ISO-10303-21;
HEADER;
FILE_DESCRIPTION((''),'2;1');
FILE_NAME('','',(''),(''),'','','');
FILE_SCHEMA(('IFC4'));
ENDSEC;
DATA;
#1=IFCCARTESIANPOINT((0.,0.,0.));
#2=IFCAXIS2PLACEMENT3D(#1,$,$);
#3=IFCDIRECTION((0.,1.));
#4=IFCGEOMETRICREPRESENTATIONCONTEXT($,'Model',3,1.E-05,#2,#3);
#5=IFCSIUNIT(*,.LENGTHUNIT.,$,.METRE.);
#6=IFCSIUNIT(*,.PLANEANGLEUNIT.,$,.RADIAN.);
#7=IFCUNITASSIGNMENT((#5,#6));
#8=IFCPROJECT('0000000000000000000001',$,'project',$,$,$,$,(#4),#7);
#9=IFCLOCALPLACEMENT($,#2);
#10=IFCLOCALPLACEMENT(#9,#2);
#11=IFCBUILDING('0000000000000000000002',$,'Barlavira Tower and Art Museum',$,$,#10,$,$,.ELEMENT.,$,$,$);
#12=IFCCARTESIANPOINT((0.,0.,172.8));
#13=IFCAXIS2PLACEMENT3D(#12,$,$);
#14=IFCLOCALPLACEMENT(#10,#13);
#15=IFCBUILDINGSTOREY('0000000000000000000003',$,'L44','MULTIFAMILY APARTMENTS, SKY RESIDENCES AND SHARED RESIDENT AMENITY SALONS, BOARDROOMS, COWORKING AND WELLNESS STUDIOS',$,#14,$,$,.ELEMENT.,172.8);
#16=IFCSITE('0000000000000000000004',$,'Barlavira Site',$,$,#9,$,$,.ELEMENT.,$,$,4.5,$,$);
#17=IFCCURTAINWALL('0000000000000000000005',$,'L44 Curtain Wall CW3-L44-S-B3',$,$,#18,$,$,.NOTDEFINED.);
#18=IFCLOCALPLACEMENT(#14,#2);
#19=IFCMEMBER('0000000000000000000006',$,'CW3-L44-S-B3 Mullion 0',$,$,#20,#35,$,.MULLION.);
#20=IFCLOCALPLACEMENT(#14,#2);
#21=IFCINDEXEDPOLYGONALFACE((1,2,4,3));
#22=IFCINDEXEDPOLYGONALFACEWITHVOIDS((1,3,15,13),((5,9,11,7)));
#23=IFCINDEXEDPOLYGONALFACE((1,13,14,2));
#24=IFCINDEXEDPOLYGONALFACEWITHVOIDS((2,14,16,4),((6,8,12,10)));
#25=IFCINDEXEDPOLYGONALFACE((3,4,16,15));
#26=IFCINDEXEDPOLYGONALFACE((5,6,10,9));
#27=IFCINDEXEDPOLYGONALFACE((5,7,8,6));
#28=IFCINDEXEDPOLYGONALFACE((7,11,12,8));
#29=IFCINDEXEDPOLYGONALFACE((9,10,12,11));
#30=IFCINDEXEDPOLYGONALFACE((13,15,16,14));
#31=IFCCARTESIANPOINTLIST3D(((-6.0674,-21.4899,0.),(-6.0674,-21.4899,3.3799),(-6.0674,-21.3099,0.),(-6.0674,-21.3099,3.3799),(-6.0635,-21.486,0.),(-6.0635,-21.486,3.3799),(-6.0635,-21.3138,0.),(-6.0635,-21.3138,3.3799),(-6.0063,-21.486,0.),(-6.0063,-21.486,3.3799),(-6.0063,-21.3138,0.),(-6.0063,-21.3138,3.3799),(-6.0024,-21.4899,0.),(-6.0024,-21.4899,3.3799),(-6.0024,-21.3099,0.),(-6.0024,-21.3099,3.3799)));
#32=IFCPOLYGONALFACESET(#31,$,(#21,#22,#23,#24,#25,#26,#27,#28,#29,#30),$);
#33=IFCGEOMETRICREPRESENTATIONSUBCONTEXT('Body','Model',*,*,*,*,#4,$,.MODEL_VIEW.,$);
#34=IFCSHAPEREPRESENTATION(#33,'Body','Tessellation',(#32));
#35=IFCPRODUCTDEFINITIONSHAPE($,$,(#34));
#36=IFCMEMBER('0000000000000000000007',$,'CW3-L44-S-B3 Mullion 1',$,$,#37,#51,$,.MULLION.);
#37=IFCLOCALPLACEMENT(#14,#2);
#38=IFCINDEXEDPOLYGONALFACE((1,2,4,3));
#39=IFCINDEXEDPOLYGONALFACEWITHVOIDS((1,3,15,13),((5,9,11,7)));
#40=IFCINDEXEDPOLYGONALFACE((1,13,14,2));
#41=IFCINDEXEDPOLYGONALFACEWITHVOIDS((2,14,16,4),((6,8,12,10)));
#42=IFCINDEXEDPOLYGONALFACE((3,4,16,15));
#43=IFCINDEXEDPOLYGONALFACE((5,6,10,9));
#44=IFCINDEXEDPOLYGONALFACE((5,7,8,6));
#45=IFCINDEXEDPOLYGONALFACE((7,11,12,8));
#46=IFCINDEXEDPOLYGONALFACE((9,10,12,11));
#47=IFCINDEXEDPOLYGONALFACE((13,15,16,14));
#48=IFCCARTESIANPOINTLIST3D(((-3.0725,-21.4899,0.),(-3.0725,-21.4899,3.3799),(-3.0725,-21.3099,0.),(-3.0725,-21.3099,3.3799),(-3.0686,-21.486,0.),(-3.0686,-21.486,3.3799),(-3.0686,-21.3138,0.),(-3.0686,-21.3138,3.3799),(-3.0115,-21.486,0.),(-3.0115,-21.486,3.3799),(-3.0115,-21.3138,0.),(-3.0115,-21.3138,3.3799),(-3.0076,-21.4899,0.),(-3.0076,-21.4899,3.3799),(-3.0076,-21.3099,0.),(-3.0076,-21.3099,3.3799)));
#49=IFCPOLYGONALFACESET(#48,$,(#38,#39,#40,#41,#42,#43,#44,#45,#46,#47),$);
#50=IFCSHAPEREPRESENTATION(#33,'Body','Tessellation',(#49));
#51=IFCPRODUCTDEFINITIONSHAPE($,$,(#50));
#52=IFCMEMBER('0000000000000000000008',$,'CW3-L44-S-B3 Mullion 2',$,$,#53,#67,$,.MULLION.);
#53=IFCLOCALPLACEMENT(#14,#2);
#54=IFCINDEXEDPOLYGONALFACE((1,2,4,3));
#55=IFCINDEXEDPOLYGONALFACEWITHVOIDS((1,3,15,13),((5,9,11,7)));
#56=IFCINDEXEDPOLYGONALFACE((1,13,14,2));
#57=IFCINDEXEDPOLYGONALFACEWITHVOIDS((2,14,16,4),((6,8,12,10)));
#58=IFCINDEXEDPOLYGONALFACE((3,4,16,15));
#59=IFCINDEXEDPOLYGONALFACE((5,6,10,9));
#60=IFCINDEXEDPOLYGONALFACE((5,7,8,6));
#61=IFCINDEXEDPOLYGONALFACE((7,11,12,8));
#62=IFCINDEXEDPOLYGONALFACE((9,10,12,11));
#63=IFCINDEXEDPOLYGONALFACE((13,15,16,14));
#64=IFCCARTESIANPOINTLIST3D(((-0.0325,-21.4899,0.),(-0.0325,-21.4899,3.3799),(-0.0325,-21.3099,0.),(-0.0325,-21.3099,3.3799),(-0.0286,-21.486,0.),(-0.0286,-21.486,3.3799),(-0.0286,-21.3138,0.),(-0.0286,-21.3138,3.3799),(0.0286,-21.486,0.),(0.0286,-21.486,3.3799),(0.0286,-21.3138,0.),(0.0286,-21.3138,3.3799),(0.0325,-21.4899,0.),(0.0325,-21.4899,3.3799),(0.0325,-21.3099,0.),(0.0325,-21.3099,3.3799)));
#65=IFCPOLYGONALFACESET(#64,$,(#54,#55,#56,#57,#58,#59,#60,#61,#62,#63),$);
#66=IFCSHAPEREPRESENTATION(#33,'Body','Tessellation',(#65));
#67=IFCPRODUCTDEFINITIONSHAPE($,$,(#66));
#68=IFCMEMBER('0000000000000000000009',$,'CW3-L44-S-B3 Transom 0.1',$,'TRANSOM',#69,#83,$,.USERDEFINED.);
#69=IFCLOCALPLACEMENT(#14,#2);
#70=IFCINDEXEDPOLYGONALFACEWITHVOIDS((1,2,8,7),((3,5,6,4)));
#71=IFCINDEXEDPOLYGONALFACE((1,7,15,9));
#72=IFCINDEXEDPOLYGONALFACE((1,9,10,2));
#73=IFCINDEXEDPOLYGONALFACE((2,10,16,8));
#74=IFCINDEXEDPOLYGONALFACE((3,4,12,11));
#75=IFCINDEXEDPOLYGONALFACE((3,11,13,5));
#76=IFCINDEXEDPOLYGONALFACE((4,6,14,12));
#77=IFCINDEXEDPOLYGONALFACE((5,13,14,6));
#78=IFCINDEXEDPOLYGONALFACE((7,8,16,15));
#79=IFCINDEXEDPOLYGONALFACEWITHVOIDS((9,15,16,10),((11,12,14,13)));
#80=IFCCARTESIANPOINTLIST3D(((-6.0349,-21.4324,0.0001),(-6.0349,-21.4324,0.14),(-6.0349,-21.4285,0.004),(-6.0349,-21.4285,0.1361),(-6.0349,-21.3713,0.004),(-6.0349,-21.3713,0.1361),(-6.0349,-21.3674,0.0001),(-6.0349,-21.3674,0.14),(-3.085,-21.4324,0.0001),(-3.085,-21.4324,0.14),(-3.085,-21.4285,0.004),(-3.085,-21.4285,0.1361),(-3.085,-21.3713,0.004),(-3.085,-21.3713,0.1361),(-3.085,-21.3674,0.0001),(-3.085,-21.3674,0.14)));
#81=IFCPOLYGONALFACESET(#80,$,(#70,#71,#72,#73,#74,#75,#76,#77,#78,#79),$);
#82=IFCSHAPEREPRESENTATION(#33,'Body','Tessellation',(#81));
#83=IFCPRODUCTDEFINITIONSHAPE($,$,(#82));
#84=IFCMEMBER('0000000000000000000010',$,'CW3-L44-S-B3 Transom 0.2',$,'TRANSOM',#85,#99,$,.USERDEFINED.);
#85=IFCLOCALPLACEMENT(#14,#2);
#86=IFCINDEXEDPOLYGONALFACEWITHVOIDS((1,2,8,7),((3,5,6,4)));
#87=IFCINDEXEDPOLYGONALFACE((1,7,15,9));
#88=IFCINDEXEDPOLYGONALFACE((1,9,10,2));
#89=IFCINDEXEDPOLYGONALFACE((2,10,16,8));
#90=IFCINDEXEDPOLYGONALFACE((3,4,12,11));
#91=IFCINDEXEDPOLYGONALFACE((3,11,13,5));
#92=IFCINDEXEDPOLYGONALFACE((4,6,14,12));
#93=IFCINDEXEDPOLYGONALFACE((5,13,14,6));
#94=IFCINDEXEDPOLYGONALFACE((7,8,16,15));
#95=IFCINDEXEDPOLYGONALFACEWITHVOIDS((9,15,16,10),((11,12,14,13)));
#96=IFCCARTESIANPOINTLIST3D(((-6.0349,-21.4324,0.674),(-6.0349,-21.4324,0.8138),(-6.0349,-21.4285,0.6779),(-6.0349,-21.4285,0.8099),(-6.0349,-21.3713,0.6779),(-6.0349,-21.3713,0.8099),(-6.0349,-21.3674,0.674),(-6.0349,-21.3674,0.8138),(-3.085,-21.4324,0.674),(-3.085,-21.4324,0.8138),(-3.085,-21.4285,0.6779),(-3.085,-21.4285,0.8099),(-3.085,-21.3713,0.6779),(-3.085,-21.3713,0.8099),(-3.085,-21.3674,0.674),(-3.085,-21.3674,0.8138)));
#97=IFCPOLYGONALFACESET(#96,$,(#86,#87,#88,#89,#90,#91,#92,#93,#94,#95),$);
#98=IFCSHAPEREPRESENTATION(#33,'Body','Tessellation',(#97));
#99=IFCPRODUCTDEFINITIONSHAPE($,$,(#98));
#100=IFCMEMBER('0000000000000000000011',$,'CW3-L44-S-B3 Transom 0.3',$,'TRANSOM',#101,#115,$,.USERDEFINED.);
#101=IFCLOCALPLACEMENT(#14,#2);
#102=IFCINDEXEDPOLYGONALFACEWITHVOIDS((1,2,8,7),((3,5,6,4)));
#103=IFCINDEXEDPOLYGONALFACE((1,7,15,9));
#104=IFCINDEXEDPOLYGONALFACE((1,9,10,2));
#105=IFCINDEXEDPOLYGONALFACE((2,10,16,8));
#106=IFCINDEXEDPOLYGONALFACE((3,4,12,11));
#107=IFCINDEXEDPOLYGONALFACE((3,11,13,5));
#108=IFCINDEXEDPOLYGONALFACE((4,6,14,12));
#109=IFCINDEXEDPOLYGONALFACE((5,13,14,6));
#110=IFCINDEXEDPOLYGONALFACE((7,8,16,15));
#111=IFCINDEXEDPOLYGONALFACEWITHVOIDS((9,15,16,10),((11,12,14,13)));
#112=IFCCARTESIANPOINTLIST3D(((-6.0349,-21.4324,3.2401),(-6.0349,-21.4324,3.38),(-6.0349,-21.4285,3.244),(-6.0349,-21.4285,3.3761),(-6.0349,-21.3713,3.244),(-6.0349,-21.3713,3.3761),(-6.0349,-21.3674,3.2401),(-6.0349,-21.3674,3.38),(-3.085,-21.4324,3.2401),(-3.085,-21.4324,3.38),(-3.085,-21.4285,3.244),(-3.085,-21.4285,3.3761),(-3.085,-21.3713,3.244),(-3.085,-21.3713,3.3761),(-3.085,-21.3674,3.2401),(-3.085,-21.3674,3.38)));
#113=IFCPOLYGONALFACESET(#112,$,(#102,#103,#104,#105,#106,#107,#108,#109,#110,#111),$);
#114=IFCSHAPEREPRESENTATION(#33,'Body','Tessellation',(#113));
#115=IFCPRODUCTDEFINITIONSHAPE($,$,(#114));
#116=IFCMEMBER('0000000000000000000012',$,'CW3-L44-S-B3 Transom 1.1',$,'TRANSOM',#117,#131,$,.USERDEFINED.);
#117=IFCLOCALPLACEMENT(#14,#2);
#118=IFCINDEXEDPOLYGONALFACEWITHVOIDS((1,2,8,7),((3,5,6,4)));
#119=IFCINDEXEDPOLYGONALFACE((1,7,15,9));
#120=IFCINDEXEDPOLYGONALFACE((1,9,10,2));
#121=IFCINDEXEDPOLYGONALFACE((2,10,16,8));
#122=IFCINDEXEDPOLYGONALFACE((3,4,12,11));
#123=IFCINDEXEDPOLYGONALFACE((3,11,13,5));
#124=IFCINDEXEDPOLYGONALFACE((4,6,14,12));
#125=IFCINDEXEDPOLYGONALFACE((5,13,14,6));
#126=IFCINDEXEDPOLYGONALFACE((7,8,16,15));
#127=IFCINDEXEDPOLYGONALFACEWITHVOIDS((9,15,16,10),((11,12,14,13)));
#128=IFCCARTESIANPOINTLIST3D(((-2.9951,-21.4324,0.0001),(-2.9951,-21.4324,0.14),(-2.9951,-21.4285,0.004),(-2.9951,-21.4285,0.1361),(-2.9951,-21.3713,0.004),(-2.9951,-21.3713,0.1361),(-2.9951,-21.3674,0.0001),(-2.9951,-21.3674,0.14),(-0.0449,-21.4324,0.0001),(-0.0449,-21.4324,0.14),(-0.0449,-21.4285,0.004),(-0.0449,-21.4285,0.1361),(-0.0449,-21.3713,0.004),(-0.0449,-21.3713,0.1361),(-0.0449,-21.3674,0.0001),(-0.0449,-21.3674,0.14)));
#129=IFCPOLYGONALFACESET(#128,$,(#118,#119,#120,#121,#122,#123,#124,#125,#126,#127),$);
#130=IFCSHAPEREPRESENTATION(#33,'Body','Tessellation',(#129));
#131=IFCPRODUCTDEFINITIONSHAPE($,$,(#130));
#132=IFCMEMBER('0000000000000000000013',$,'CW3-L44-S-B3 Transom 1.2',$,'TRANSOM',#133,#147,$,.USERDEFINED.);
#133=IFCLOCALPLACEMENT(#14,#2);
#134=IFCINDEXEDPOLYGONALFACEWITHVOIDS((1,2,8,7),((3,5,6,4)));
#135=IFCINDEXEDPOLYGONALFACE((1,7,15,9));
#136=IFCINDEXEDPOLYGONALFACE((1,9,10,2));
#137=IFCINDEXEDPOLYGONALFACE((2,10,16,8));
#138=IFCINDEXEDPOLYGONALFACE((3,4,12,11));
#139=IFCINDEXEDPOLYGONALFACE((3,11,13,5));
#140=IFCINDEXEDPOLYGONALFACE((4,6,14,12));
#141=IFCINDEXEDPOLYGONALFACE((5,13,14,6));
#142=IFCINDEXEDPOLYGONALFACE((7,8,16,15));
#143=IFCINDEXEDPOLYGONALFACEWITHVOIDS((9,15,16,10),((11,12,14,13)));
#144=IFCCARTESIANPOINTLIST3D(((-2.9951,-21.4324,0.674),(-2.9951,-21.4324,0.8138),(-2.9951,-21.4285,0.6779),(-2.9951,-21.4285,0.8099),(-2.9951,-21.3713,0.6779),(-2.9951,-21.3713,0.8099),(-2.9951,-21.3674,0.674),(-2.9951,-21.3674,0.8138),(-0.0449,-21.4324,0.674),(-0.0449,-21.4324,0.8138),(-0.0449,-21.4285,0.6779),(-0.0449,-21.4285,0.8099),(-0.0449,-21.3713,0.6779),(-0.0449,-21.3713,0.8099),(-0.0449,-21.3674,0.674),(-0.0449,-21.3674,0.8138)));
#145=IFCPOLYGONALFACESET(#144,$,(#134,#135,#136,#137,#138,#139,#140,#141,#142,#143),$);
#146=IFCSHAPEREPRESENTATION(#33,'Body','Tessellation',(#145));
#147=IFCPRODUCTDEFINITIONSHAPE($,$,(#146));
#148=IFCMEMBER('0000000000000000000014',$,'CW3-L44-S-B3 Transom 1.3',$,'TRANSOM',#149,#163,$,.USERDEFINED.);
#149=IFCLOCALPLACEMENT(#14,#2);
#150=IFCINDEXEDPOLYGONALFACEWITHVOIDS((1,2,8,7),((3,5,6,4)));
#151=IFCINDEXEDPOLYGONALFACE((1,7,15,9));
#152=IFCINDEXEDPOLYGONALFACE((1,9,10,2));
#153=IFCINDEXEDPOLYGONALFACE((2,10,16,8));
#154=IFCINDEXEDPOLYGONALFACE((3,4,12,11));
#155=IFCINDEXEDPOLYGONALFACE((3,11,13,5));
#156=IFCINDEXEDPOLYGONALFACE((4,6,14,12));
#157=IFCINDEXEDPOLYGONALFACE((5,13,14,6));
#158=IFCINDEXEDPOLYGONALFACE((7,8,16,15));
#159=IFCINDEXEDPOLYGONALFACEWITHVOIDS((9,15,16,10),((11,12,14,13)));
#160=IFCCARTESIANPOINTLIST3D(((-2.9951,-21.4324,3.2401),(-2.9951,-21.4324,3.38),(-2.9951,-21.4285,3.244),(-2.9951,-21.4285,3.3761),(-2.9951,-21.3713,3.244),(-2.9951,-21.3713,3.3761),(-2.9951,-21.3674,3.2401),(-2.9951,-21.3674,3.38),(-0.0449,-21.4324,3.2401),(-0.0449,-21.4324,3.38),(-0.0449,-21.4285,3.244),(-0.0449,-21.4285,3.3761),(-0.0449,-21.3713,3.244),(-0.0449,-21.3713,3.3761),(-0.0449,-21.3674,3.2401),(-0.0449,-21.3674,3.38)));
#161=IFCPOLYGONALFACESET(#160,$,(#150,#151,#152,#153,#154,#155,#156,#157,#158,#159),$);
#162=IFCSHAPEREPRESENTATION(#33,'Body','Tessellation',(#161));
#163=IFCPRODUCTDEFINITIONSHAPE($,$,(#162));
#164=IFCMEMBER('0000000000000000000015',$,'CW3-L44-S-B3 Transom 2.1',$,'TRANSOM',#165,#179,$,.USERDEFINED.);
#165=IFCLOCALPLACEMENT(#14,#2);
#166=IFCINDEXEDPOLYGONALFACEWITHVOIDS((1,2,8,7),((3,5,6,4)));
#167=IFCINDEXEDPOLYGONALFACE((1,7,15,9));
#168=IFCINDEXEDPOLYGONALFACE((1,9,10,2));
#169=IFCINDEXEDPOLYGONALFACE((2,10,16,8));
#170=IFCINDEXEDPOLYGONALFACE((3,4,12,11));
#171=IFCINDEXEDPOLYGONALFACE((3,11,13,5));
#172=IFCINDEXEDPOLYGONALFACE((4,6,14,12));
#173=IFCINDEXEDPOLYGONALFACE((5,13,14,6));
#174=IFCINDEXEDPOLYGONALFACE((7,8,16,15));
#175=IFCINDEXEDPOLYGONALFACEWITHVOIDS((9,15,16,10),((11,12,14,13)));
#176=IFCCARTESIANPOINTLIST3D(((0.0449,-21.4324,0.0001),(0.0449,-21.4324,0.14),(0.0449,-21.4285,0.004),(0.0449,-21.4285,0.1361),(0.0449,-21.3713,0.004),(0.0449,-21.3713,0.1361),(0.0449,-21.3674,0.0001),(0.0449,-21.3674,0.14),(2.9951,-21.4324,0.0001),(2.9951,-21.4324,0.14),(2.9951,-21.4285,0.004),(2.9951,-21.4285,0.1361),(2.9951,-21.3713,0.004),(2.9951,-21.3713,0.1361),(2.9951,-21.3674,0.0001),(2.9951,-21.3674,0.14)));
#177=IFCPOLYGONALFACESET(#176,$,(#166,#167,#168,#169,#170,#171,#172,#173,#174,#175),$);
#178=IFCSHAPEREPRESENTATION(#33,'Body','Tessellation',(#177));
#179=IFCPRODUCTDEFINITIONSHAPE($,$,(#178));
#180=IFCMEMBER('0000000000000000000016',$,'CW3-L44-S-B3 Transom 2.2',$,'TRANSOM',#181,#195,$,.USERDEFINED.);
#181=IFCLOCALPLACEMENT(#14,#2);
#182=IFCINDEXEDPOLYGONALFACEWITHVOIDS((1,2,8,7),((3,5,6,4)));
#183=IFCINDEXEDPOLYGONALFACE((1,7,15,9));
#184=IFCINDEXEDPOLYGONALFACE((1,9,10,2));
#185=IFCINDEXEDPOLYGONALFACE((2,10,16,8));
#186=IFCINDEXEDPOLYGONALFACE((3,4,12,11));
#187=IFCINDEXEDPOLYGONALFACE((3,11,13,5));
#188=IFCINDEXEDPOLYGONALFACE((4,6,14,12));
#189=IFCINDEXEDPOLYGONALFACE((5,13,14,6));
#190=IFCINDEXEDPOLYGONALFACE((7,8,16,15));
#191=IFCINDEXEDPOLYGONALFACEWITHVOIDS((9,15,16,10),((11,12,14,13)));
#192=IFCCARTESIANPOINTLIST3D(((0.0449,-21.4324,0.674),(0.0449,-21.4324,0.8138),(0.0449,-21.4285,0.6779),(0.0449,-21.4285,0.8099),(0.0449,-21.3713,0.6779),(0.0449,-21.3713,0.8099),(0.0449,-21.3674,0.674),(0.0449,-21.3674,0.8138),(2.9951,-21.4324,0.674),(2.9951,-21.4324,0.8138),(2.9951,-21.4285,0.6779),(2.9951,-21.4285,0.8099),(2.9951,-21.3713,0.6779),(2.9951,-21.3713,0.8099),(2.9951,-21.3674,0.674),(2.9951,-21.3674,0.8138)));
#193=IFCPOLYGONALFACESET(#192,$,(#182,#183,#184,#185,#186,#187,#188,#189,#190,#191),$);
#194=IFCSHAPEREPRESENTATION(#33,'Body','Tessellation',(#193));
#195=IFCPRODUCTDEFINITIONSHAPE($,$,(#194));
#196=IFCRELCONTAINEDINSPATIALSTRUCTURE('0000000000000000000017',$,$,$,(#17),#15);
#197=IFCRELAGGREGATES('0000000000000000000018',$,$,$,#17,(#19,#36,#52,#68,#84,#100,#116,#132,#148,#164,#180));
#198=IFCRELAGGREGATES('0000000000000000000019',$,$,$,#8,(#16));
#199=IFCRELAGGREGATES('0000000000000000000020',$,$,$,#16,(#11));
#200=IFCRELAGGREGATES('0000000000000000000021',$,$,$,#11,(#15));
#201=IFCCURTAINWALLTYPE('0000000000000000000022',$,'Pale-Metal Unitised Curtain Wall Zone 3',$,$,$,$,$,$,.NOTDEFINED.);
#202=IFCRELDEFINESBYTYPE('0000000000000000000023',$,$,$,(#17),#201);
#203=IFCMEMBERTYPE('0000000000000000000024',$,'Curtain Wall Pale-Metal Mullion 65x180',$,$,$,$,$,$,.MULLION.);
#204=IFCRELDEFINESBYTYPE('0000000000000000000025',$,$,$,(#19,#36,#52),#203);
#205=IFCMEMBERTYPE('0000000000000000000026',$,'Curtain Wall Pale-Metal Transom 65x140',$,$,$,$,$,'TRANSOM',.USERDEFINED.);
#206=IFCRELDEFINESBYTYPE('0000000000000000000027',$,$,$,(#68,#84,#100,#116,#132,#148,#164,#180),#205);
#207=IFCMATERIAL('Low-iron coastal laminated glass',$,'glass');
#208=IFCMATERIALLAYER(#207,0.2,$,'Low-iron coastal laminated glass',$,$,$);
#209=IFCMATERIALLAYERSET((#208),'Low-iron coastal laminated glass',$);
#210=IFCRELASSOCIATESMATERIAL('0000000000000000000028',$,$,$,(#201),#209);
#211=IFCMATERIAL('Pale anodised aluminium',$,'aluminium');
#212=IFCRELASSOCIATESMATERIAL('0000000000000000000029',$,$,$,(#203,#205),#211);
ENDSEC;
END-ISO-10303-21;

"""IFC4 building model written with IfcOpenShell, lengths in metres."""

from ifc_helpers import new_model, si_unit, direction, frame, origin, origin_2d, place, context, subcontext, project, spatial, hollow_rectangle, extrude, material, layer, layer_set, material_profile, profile_set, type_object, element, aggregate, save


model = new_model("IFC4")

# Units and contexts
model_context = context("Model", 3, precision=1e-05, world=origin(), true_north=direction((0.0, 1.0)))
body_context = subcontext(model_context, "Body", "Model", "MODEL_VIEW")
ifc_project = project(units=[si_unit("LENGTHUNIT", "METRE"), si_unit("PLANEANGLEUNIT", "RADIAN")], contexts=[model_context])

# Site, building, storey
site_placement = place(None, origin())
site = spatial("IfcSite", under=ifc_project, at=site_placement, Name="Barlavira Site", CompositionType="ELEMENT", RefElevation=4.5)
building_placement = place(site_placement, origin())
building = spatial("IfcBuilding", under=site, at=building_placement, Name="Barlavira Tower and Art Museum", CompositionType="ELEMENT")
storey_placement = place(building_placement, frame((0.0, 0.0, 172.8)))
storey = spatial("IfcBuildingStorey", under=building, at=storey_placement, Name="L44", Description="MULTIFAMILY APARTMENTS, SKY RESIDENCES AND SHARED RESIDENT AMENITY SALONS, BOARDROOMS, COWORKING AND WELLNESS STUDIOS", CompositionType="ELEMENT", Elevation=172.8)

# Curtain wall, members
ifc_material_1 = material(Name="Low-iron coastal laminated glass", Category="glass")
ifc_layer_1 = layer(ifc_material_1, 0.2, Name="Low-iron coastal laminated glass")
ifc_layer_set_1 = layer_set([ifc_layer_1], Name="Low-iron coastal laminated glass")
curtain_wall_type = type_object("IfcCurtainWallType", Name="Pale-Metal Unitised Curtain Wall Zone 3", PredefinedType="NOTDEFINED", material=ifc_layer_set_1)
curtain_wall_placement = place(storey_placement, origin())
curtain_wall = element("IfcCurtainWall", 1, at=curtain_wall_placement, inside=storey, type_object=curtain_wall_type, Name="L44 Curtain Wall CW3-L44-S-B3", PredefinedType="NOTDEFINED")
ifc_material_2 = material(Name="Pale anodised aluminium", Category="aluminium")
ifc_material_profile_1 = material_profile(ifc_material_2, hollow_rectangle(XDim=0.0649, YDim=0.1799, WallThickness=0.0039, at=origin_2d()), Name="ALU-MULL 65x180x4")
ifc_profile_set_1 = profile_set([ifc_material_profile_1], Name="Pale anodised aluminium")
member_type_1 = type_object("IfcMemberType", Name="Curtain Wall Pale-Metal Mullion 65x180", PredefinedType="MULLION", material=ifc_profile_set_1)
member_1_placement = place(storey_placement, frame((-6.0349, -21.3999, 0.0), z_axis=(0.0, 0.0, 1.0), x_axis=(1.0, 0.0, 0.0)))
member_1 = element("IfcMember", 2, at=member_1_placement, type_object=member_type_1, Name="CW3-L44-S-B3 Mullion 0", PredefinedType="MULLION", context=body_context, shape_type="SweptSolid", body=[
    extrude(hollow_rectangle(XDim=0.0649, YDim=0.1799, WallThickness=0.0039, at=origin_2d()), origin(), (0.0, 0.0, 1.0), 3.3799),
])
member_2_placement = place(storey_placement, frame((-3.04, -21.3999, 0.0), z_axis=(0.0, 0.0, 1.0), x_axis=(1.0, 0.0, 0.0)))
member_2 = element("IfcMember", 3, at=member_2_placement, type_object=member_type_1, Name="CW3-L44-S-B3 Mullion 1", PredefinedType="MULLION", context=body_context, shape_type="SweptSolid", body=[
    extrude(hollow_rectangle(XDim=0.0649, YDim=0.1799, WallThickness=0.0039, at=origin_2d()), origin(), (0.0, 0.0, 1.0), 3.3799),
])
member_3_placement = place(storey_placement, frame((0.0, -21.3999, 0.0), z_axis=(0.0, 0.0, 1.0), x_axis=(1.0, 0.0, 0.0)))
member_3 = element("IfcMember", 4, at=member_3_placement, type_object=member_type_1, Name="CW3-L44-S-B3 Mullion 2", PredefinedType="MULLION", context=body_context, shape_type="SweptSolid", body=[
    extrude(hollow_rectangle(XDim=0.0649, YDim=0.1799, WallThickness=0.0039, at=origin_2d()), origin(), (0.0, 0.0, 1.0), 3.3799),
])
ifc_material_profile_2 = material_profile(ifc_material_2, hollow_rectangle(XDim=0.0649, YDim=0.1399, WallThickness=0.0039, at=origin_2d()), Name="ALU-TRAN 65x140x4")
ifc_profile_set_2 = profile_set([ifc_material_profile_2], Name="Pale anodised aluminium")
member_type_2 = type_object("IfcMemberType", Name="Curtain Wall Pale-Metal Transom 65x140", ElementType="TRANSOM", PredefinedType="USERDEFINED", material=ifc_profile_set_2)
member_4_placement = place(storey_placement, frame((-6.0349, -21.3999, 0.0701), z_axis=(1.0, 0.0, 0.0), x_axis=(0.0, 1.0, 0.0)))
member_4 = element("IfcMember", 5, at=member_4_placement, type_object=member_type_2, Name="CW3-L44-S-B3 Transom 0.1", ObjectType="TRANSOM", PredefinedType="USERDEFINED", context=body_context, shape_type="SweptSolid", body=[
    extrude(hollow_rectangle(XDim=0.0649, YDim=0.1399, WallThickness=0.0039, at=origin_2d()), origin(), (0.0, 0.0, 1.0), 2.95),
])
member_5_placement = place(storey_placement, frame((-6.0349, -21.3999, 0.7439), z_axis=(1.0, 0.0, 0.0), x_axis=(0.0, 1.0, 0.0)))
member_5 = element("IfcMember", 6, at=member_5_placement, type_object=member_type_2, Name="CW3-L44-S-B3 Transom 0.2", ObjectType="TRANSOM", PredefinedType="USERDEFINED", context=body_context, shape_type="SweptSolid", body=[
    extrude(hollow_rectangle(XDim=0.0649, YDim=0.1399, WallThickness=0.0039, at=origin_2d()), origin(), (0.0, 0.0, 1.0), 2.95),
])
member_6_placement = place(storey_placement, frame((-6.0349, -21.3999, 3.3101), z_axis=(1.0, 0.0, 0.0), x_axis=(0.0, 1.0, 0.0)))
member_6 = element("IfcMember", 7, at=member_6_placement, type_object=member_type_2, Name="CW3-L44-S-B3 Transom 0.3", ObjectType="TRANSOM", PredefinedType="USERDEFINED", context=body_context, shape_type="SweptSolid", body=[
    extrude(hollow_rectangle(XDim=0.0649, YDim=0.1399, WallThickness=0.0039, at=origin_2d()), origin(), (0.0, 0.0, 1.0), 2.95),
])
member_7_placement = place(storey_placement, frame((-2.9951, -21.3999, 0.0701), z_axis=(1.0, 0.0, 0.0), x_axis=(0.0, 1.0, 0.0)))
member_7 = element("IfcMember", 8, at=member_7_placement, type_object=member_type_2, Name="CW3-L44-S-B3 Transom 1.1", ObjectType="TRANSOM", PredefinedType="USERDEFINED", context=body_context, shape_type="SweptSolid", body=[
    extrude(hollow_rectangle(XDim=0.0649, YDim=0.1399, WallThickness=0.0039, at=origin_2d()), origin(), (0.0, 0.0, 1.0), 2.9502),
])
member_8_placement = place(storey_placement, frame((-2.9951, -21.3999, 0.7439), z_axis=(1.0, 0.0, 0.0), x_axis=(0.0, 1.0, 0.0)))
member_8 = element("IfcMember", 9, at=member_8_placement, type_object=member_type_2, Name="CW3-L44-S-B3 Transom 1.2", ObjectType="TRANSOM", PredefinedType="USERDEFINED", context=body_context, shape_type="SweptSolid", body=[
    extrude(hollow_rectangle(XDim=0.0649, YDim=0.1399, WallThickness=0.0039, at=origin_2d()), origin(), (0.0, 0.0, 1.0), 2.9502),
])
member_9_placement = place(storey_placement, frame((-2.9951, -21.3999, 3.3101), z_axis=(1.0, 0.0, 0.0), x_axis=(0.0, 1.0, 0.0)))
member_9 = element("IfcMember", 10, at=member_9_placement, type_object=member_type_2, Name="CW3-L44-S-B3 Transom 1.3", ObjectType="TRANSOM", PredefinedType="USERDEFINED", context=body_context, shape_type="SweptSolid", body=[
    extrude(hollow_rectangle(XDim=0.0649, YDim=0.1399, WallThickness=0.0039, at=origin_2d()), origin(), (0.0, 0.0, 1.0), 2.9502),
])
member_10_placement = place(storey_placement, frame((0.0449, -21.3999, 0.0701), z_axis=(1.0, 0.0, 0.0), x_axis=(0.0, 1.0, 0.0)))
member_10 = element("IfcMember", 11, at=member_10_placement, type_object=member_type_2, Name="CW3-L44-S-B3 Transom 2.1", ObjectType="TRANSOM", PredefinedType="USERDEFINED", context=body_context, shape_type="SweptSolid", body=[
    extrude(hollow_rectangle(XDim=0.0649, YDim=0.1399, WallThickness=0.0039, at=origin_2d()), origin(), (0.0, 0.0, 1.0), 2.9502),
])
member_11_placement = place(storey_placement, frame((0.0449, -21.3999, 0.7439), z_axis=(1.0, 0.0, 0.0), x_axis=(0.0, 1.0, 0.0)))
member_11 = element("IfcMember", 12, at=member_11_placement, type_object=member_type_2, Name="CW3-L44-S-B3 Transom 2.2", ObjectType="TRANSOM", PredefinedType="USERDEFINED", context=body_context, shape_type="SweptSolid", body=[
    extrude(hollow_rectangle(XDim=0.0649, YDim=0.1399, WallThickness=0.0039, at=origin_2d()), origin(), (0.0, 0.0, 1.0), 2.9502),
])

aggregate(curtain_wall, [member_1, member_2, member_3, member_4, member_5, member_6, member_7, member_8, member_9, member_10, member_11])

save(model, "model.ifc")
